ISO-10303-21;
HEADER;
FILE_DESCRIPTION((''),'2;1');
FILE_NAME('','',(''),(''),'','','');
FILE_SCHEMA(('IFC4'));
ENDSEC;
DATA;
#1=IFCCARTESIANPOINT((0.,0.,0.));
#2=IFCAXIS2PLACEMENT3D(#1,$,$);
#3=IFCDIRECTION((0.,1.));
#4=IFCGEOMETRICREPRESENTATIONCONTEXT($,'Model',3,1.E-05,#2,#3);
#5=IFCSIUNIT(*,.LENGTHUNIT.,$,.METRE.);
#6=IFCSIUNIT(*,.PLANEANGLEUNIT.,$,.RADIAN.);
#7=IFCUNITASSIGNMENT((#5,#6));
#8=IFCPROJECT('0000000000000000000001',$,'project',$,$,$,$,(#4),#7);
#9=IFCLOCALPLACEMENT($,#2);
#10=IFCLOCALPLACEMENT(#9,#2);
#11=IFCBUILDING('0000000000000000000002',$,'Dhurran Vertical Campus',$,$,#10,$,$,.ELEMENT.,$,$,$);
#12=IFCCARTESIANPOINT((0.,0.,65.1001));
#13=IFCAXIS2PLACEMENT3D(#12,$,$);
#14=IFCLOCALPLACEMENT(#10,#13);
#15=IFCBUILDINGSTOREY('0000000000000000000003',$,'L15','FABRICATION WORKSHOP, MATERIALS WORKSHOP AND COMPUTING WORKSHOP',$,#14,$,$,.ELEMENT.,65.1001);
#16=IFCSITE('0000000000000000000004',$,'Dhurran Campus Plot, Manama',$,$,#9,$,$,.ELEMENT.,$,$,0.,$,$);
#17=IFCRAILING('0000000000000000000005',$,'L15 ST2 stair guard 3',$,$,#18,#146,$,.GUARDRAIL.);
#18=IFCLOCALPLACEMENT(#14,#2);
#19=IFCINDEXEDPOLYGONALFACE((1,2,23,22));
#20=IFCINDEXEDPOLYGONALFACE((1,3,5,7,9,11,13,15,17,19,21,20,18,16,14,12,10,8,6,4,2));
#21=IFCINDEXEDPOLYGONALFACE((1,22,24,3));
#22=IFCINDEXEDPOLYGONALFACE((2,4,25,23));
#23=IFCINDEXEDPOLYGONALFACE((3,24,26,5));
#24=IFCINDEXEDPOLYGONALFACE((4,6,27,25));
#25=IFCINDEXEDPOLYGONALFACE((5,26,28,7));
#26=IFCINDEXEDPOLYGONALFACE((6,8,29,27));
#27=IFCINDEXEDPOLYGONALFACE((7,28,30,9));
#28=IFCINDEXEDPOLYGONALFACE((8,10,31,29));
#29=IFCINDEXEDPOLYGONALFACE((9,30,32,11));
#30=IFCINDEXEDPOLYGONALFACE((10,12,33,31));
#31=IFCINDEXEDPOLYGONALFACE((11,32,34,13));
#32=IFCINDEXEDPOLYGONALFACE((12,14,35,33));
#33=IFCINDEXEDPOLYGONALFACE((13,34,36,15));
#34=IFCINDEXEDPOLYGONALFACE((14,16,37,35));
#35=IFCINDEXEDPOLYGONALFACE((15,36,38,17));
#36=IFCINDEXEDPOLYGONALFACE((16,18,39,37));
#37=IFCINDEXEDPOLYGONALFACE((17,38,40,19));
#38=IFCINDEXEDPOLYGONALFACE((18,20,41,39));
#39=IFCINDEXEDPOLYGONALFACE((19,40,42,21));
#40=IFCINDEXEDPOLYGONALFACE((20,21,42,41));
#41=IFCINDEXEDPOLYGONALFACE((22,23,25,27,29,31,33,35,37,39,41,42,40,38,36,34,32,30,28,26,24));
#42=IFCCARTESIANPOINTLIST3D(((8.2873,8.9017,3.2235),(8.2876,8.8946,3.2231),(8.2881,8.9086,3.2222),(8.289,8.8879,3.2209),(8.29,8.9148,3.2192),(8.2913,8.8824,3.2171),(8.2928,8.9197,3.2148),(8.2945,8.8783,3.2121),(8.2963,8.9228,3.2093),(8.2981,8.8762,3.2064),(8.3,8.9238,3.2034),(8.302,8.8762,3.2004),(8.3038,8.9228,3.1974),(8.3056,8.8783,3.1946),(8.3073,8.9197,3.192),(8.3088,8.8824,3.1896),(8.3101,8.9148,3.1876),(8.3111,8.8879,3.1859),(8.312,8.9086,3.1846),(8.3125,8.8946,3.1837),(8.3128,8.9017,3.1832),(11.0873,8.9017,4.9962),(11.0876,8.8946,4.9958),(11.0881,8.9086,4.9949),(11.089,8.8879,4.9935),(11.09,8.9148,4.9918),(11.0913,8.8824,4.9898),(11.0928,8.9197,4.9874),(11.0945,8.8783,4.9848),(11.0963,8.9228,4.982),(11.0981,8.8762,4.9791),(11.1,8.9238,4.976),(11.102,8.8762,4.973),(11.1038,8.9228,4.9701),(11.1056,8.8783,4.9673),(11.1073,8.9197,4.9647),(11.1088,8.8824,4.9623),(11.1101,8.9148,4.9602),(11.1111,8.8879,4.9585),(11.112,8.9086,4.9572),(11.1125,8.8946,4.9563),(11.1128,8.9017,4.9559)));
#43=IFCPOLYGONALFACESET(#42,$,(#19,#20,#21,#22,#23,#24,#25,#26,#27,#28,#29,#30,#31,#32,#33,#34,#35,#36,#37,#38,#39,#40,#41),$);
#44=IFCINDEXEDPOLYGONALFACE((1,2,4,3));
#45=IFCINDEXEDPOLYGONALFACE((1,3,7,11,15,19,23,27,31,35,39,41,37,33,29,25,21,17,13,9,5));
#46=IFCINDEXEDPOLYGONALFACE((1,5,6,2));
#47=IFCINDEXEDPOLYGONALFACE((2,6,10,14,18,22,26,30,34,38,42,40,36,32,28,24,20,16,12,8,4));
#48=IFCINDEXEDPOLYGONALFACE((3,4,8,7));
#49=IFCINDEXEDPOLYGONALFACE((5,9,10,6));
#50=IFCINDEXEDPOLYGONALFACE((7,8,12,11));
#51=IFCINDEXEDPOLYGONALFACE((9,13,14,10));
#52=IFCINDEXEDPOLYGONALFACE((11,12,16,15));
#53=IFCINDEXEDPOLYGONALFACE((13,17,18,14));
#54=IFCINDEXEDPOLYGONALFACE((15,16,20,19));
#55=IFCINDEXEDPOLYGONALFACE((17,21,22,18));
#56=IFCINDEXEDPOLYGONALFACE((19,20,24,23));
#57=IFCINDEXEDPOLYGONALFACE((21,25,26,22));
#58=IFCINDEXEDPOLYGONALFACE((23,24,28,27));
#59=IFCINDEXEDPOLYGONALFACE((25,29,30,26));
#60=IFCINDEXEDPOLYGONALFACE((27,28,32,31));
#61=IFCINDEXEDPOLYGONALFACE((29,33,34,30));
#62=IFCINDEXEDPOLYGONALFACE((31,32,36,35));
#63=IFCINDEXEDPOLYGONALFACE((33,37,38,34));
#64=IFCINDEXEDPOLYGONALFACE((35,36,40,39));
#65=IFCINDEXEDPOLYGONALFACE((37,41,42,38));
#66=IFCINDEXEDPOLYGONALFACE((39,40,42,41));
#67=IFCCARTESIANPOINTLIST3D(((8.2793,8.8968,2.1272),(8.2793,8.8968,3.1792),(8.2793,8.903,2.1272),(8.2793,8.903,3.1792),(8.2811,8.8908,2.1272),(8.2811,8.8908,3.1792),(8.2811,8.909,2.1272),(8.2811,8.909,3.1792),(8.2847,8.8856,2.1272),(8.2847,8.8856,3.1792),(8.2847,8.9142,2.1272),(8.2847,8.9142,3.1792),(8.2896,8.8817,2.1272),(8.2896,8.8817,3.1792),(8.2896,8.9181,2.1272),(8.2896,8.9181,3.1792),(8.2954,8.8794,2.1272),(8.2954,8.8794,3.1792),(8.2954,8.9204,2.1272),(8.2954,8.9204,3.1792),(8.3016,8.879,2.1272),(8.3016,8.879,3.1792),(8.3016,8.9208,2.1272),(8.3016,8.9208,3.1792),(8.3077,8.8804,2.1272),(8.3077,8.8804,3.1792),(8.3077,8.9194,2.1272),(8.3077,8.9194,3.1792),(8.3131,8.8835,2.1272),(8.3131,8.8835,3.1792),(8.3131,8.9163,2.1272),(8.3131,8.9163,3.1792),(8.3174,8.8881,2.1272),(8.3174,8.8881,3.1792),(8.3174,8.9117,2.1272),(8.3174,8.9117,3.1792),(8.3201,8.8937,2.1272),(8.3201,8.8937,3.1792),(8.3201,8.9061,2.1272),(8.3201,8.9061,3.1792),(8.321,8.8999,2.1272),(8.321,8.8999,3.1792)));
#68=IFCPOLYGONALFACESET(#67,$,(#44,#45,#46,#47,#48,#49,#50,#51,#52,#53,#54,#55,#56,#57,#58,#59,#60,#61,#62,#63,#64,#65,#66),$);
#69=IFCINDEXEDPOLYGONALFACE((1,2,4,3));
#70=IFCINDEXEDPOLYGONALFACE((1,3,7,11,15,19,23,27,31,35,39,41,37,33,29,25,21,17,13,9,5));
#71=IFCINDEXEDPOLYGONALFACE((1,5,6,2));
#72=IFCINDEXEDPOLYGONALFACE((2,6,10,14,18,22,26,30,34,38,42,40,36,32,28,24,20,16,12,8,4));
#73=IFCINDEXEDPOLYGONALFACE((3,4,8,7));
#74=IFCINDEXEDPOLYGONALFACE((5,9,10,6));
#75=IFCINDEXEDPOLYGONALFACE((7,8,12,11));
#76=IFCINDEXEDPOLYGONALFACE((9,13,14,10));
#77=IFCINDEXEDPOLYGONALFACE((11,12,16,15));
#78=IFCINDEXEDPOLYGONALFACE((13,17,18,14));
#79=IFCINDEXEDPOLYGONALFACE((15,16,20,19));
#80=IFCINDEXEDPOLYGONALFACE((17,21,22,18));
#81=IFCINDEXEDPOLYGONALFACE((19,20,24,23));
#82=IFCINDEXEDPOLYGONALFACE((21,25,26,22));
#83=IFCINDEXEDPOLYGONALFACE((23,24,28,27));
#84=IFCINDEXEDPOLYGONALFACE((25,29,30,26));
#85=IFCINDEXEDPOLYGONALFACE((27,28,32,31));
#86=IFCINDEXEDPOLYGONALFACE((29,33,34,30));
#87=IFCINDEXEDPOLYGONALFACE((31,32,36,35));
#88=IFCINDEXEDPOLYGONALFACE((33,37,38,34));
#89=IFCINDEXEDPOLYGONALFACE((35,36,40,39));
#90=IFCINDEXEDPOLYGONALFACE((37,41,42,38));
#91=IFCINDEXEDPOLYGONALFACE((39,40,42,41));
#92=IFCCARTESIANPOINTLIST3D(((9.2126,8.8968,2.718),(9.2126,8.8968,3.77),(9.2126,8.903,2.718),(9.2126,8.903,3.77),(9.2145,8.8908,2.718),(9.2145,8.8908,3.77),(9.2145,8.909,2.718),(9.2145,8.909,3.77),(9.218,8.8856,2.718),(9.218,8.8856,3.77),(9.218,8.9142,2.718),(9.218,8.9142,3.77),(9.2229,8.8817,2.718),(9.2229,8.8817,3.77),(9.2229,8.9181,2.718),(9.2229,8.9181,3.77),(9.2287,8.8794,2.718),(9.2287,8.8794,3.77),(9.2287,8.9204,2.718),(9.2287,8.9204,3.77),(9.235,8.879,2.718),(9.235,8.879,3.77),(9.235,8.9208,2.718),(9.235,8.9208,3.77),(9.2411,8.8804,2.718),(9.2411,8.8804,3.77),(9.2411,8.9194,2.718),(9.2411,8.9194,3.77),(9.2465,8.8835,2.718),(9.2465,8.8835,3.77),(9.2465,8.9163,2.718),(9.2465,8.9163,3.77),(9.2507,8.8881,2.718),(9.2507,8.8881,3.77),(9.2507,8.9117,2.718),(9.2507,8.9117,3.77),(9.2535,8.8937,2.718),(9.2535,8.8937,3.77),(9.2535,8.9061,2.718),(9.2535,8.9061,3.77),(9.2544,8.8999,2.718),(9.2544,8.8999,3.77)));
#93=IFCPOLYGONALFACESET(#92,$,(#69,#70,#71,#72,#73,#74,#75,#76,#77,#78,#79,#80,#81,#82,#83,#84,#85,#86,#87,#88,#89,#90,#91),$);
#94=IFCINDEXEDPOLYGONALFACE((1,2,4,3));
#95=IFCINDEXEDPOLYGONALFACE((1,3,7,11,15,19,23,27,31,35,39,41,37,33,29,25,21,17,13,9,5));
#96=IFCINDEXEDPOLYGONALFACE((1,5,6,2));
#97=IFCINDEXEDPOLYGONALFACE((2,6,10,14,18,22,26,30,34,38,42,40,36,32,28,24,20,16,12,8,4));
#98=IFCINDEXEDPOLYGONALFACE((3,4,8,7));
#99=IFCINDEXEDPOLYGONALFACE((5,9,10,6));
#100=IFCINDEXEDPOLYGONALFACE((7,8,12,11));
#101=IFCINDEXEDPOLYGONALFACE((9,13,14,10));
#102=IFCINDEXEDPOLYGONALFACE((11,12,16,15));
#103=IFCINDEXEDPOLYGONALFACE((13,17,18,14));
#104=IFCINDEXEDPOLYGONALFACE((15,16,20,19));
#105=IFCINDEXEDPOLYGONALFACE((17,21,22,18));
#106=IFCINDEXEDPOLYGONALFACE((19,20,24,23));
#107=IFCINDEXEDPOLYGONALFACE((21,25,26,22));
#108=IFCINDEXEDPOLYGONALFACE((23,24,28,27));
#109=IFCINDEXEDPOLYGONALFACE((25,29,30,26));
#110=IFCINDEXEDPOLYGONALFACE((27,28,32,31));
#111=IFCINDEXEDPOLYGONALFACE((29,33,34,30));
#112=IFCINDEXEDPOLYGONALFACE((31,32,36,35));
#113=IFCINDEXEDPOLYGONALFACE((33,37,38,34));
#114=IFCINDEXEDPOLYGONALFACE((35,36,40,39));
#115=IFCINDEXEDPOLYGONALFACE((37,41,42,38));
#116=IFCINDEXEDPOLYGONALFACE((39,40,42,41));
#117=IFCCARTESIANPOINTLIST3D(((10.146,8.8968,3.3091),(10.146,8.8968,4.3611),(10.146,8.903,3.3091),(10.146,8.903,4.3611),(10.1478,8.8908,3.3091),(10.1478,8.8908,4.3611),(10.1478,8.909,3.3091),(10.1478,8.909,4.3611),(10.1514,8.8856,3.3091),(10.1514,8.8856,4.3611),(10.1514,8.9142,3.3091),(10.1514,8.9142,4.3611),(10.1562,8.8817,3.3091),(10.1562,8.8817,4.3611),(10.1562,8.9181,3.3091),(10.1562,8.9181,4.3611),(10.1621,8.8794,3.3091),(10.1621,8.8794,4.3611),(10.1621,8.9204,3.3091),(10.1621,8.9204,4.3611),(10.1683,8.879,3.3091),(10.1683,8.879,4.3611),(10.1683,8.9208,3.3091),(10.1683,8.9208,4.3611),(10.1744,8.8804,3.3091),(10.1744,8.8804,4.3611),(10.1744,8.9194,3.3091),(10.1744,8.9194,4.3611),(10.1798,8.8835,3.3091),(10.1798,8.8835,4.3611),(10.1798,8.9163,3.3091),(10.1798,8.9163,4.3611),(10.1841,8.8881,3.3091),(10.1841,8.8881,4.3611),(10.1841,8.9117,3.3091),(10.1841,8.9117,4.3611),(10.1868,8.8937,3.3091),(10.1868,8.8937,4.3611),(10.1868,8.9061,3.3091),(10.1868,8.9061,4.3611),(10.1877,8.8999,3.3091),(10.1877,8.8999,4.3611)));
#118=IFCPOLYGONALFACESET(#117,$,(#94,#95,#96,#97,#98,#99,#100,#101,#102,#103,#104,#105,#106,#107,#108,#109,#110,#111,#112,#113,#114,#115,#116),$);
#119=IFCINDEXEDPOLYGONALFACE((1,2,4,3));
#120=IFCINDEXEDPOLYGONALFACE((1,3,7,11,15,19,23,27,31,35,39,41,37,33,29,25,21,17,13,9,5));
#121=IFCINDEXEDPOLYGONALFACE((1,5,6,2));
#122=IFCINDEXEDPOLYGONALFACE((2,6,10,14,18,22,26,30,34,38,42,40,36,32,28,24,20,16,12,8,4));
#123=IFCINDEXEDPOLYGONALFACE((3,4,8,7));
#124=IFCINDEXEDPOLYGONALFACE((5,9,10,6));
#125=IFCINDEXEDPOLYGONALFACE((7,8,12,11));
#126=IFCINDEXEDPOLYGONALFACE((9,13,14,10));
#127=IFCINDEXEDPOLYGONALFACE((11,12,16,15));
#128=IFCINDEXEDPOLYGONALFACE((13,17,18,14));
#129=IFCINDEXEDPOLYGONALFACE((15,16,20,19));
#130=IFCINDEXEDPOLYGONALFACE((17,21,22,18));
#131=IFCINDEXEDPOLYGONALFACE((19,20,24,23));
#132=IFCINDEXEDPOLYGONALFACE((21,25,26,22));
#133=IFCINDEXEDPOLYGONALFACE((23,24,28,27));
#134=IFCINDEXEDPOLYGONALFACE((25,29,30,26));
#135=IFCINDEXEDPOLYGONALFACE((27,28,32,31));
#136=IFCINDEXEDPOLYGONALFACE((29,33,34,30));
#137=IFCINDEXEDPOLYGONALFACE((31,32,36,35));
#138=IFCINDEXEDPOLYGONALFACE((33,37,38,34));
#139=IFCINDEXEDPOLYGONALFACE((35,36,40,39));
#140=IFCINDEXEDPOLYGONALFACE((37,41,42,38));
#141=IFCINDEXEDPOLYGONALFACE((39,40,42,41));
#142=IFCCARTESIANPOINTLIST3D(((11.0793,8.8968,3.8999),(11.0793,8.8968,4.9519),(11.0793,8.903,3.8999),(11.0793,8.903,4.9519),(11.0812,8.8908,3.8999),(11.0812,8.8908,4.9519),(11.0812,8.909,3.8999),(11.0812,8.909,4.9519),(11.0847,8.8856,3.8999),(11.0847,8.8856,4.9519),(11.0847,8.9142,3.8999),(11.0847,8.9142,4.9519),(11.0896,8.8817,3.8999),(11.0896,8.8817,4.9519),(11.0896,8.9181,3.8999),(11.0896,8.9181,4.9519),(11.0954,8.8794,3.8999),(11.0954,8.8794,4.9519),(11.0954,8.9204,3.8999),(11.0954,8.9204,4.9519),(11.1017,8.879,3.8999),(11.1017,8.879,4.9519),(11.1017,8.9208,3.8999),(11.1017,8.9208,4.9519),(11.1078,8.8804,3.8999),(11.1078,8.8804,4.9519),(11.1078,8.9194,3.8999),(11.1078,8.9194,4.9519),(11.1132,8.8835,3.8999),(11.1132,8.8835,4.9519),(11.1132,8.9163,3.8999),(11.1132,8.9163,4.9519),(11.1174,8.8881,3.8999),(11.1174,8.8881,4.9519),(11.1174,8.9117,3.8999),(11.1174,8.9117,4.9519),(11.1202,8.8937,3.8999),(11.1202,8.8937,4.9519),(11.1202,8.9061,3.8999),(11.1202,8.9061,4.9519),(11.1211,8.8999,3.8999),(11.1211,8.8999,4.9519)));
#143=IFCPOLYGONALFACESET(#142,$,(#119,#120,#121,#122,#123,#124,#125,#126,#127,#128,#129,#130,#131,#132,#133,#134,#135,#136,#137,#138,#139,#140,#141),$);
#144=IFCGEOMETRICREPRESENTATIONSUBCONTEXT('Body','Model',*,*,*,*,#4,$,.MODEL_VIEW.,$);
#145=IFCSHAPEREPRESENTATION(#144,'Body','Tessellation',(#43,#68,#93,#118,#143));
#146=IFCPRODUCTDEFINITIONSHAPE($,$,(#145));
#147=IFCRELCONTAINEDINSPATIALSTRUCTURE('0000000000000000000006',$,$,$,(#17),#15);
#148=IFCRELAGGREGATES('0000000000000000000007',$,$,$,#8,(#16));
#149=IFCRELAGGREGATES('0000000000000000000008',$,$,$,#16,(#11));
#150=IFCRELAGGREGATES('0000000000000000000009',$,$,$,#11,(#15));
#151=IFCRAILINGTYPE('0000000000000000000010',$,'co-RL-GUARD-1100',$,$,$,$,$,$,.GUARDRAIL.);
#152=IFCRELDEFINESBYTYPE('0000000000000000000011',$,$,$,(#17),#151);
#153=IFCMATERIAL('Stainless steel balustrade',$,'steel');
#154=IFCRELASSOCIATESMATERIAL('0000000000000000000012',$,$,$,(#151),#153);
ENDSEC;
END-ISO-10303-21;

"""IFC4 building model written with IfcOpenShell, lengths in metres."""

from ifc_helpers import new_model, si_unit, direction, frame, origin, origin_2d, place, context, subcontext, project, spatial, circle, extrude, material, type_object, element, save


model = new_model("IFC4")

# Units and contexts
model_context = context("Model", 3, precision=1e-05, world=origin(), true_north=direction((0.0, 1.0)))
body_context = subcontext(model_context, "Body", "Model", "MODEL_VIEW")
ifc_project = project(units=[si_unit("LENGTHUNIT", "METRE"), si_unit("PLANEANGLEUNIT", "RADIAN")], contexts=[model_context])

# Site, building, storey
site_placement = place(None, origin())
site = spatial("IfcSite", under=ifc_project, at=site_placement, Name="Dhurran Campus Plot, Manama", CompositionType="ELEMENT", RefElevation=0.0)
building_placement = place(site_placement, origin())
building = spatial("IfcBuilding", under=site, at=building_placement, Name="Dhurran Vertical Campus", CompositionType="ELEMENT")
storey_placement = place(building_placement, frame((0.0, 0.0, 65.1001)))
storey = spatial("IfcBuildingStorey", under=building, at=storey_placement, Name="L15", Description="FABRICATION WORKSHOP, MATERIALS WORKSHOP AND COMPUTING WORKSHOP", CompositionType="ELEMENT", Elevation=65.1001)

# Railing
ifc_material_1 = material(Name="Stainless steel balustrade", Category="steel")
railing_type_1 = type_object("IfcRailingType", Name="co-RL-GUARD-1100", PredefinedType="GUARDRAIL", material=ifc_material_1)
railing_1_placement = place(storey_placement, frame((8.3, 8.8999, 2.1272)))
element("IfcRailing", 1, at=railing_1_placement, inside=storey, type_object=railing_type_1, Name="L15 ST2 stair guard 3", PredefinedType="GUARDRAIL", context=body_context, shape_type="SweptSolid", body=[
    extrude(circle(Radius=0.0239, at=origin_2d()), frame((0.0, 0.0, 1.0762), z_axis=(0.844909, 0.0, 0.53491), x_axis=(0.0, 1.0, 0.0)), (0.0, 0.0, 1.0), 3.314),
    extrude(circle(Radius=0.021, at=origin_2d()), origin(), (0.0, 0.0, 1.0), 1.052),
    extrude(circle(Radius=0.021, at=origin_2d()), frame((0.9333, 0.0, 0.5908)), (0.0, 0.0, 1.0), 1.052),
    extrude(circle(Radius=0.021, at=origin_2d()), frame((1.8667, 0.0, 1.1819)), (0.0, 0.0, 1.0), 1.052),
    extrude(circle(Radius=0.021, at=origin_2d()), frame((2.8, 0.0, 1.7727)), (0.0, 0.0, 1.0), 1.052),
])

save(model, "model.ifc")
